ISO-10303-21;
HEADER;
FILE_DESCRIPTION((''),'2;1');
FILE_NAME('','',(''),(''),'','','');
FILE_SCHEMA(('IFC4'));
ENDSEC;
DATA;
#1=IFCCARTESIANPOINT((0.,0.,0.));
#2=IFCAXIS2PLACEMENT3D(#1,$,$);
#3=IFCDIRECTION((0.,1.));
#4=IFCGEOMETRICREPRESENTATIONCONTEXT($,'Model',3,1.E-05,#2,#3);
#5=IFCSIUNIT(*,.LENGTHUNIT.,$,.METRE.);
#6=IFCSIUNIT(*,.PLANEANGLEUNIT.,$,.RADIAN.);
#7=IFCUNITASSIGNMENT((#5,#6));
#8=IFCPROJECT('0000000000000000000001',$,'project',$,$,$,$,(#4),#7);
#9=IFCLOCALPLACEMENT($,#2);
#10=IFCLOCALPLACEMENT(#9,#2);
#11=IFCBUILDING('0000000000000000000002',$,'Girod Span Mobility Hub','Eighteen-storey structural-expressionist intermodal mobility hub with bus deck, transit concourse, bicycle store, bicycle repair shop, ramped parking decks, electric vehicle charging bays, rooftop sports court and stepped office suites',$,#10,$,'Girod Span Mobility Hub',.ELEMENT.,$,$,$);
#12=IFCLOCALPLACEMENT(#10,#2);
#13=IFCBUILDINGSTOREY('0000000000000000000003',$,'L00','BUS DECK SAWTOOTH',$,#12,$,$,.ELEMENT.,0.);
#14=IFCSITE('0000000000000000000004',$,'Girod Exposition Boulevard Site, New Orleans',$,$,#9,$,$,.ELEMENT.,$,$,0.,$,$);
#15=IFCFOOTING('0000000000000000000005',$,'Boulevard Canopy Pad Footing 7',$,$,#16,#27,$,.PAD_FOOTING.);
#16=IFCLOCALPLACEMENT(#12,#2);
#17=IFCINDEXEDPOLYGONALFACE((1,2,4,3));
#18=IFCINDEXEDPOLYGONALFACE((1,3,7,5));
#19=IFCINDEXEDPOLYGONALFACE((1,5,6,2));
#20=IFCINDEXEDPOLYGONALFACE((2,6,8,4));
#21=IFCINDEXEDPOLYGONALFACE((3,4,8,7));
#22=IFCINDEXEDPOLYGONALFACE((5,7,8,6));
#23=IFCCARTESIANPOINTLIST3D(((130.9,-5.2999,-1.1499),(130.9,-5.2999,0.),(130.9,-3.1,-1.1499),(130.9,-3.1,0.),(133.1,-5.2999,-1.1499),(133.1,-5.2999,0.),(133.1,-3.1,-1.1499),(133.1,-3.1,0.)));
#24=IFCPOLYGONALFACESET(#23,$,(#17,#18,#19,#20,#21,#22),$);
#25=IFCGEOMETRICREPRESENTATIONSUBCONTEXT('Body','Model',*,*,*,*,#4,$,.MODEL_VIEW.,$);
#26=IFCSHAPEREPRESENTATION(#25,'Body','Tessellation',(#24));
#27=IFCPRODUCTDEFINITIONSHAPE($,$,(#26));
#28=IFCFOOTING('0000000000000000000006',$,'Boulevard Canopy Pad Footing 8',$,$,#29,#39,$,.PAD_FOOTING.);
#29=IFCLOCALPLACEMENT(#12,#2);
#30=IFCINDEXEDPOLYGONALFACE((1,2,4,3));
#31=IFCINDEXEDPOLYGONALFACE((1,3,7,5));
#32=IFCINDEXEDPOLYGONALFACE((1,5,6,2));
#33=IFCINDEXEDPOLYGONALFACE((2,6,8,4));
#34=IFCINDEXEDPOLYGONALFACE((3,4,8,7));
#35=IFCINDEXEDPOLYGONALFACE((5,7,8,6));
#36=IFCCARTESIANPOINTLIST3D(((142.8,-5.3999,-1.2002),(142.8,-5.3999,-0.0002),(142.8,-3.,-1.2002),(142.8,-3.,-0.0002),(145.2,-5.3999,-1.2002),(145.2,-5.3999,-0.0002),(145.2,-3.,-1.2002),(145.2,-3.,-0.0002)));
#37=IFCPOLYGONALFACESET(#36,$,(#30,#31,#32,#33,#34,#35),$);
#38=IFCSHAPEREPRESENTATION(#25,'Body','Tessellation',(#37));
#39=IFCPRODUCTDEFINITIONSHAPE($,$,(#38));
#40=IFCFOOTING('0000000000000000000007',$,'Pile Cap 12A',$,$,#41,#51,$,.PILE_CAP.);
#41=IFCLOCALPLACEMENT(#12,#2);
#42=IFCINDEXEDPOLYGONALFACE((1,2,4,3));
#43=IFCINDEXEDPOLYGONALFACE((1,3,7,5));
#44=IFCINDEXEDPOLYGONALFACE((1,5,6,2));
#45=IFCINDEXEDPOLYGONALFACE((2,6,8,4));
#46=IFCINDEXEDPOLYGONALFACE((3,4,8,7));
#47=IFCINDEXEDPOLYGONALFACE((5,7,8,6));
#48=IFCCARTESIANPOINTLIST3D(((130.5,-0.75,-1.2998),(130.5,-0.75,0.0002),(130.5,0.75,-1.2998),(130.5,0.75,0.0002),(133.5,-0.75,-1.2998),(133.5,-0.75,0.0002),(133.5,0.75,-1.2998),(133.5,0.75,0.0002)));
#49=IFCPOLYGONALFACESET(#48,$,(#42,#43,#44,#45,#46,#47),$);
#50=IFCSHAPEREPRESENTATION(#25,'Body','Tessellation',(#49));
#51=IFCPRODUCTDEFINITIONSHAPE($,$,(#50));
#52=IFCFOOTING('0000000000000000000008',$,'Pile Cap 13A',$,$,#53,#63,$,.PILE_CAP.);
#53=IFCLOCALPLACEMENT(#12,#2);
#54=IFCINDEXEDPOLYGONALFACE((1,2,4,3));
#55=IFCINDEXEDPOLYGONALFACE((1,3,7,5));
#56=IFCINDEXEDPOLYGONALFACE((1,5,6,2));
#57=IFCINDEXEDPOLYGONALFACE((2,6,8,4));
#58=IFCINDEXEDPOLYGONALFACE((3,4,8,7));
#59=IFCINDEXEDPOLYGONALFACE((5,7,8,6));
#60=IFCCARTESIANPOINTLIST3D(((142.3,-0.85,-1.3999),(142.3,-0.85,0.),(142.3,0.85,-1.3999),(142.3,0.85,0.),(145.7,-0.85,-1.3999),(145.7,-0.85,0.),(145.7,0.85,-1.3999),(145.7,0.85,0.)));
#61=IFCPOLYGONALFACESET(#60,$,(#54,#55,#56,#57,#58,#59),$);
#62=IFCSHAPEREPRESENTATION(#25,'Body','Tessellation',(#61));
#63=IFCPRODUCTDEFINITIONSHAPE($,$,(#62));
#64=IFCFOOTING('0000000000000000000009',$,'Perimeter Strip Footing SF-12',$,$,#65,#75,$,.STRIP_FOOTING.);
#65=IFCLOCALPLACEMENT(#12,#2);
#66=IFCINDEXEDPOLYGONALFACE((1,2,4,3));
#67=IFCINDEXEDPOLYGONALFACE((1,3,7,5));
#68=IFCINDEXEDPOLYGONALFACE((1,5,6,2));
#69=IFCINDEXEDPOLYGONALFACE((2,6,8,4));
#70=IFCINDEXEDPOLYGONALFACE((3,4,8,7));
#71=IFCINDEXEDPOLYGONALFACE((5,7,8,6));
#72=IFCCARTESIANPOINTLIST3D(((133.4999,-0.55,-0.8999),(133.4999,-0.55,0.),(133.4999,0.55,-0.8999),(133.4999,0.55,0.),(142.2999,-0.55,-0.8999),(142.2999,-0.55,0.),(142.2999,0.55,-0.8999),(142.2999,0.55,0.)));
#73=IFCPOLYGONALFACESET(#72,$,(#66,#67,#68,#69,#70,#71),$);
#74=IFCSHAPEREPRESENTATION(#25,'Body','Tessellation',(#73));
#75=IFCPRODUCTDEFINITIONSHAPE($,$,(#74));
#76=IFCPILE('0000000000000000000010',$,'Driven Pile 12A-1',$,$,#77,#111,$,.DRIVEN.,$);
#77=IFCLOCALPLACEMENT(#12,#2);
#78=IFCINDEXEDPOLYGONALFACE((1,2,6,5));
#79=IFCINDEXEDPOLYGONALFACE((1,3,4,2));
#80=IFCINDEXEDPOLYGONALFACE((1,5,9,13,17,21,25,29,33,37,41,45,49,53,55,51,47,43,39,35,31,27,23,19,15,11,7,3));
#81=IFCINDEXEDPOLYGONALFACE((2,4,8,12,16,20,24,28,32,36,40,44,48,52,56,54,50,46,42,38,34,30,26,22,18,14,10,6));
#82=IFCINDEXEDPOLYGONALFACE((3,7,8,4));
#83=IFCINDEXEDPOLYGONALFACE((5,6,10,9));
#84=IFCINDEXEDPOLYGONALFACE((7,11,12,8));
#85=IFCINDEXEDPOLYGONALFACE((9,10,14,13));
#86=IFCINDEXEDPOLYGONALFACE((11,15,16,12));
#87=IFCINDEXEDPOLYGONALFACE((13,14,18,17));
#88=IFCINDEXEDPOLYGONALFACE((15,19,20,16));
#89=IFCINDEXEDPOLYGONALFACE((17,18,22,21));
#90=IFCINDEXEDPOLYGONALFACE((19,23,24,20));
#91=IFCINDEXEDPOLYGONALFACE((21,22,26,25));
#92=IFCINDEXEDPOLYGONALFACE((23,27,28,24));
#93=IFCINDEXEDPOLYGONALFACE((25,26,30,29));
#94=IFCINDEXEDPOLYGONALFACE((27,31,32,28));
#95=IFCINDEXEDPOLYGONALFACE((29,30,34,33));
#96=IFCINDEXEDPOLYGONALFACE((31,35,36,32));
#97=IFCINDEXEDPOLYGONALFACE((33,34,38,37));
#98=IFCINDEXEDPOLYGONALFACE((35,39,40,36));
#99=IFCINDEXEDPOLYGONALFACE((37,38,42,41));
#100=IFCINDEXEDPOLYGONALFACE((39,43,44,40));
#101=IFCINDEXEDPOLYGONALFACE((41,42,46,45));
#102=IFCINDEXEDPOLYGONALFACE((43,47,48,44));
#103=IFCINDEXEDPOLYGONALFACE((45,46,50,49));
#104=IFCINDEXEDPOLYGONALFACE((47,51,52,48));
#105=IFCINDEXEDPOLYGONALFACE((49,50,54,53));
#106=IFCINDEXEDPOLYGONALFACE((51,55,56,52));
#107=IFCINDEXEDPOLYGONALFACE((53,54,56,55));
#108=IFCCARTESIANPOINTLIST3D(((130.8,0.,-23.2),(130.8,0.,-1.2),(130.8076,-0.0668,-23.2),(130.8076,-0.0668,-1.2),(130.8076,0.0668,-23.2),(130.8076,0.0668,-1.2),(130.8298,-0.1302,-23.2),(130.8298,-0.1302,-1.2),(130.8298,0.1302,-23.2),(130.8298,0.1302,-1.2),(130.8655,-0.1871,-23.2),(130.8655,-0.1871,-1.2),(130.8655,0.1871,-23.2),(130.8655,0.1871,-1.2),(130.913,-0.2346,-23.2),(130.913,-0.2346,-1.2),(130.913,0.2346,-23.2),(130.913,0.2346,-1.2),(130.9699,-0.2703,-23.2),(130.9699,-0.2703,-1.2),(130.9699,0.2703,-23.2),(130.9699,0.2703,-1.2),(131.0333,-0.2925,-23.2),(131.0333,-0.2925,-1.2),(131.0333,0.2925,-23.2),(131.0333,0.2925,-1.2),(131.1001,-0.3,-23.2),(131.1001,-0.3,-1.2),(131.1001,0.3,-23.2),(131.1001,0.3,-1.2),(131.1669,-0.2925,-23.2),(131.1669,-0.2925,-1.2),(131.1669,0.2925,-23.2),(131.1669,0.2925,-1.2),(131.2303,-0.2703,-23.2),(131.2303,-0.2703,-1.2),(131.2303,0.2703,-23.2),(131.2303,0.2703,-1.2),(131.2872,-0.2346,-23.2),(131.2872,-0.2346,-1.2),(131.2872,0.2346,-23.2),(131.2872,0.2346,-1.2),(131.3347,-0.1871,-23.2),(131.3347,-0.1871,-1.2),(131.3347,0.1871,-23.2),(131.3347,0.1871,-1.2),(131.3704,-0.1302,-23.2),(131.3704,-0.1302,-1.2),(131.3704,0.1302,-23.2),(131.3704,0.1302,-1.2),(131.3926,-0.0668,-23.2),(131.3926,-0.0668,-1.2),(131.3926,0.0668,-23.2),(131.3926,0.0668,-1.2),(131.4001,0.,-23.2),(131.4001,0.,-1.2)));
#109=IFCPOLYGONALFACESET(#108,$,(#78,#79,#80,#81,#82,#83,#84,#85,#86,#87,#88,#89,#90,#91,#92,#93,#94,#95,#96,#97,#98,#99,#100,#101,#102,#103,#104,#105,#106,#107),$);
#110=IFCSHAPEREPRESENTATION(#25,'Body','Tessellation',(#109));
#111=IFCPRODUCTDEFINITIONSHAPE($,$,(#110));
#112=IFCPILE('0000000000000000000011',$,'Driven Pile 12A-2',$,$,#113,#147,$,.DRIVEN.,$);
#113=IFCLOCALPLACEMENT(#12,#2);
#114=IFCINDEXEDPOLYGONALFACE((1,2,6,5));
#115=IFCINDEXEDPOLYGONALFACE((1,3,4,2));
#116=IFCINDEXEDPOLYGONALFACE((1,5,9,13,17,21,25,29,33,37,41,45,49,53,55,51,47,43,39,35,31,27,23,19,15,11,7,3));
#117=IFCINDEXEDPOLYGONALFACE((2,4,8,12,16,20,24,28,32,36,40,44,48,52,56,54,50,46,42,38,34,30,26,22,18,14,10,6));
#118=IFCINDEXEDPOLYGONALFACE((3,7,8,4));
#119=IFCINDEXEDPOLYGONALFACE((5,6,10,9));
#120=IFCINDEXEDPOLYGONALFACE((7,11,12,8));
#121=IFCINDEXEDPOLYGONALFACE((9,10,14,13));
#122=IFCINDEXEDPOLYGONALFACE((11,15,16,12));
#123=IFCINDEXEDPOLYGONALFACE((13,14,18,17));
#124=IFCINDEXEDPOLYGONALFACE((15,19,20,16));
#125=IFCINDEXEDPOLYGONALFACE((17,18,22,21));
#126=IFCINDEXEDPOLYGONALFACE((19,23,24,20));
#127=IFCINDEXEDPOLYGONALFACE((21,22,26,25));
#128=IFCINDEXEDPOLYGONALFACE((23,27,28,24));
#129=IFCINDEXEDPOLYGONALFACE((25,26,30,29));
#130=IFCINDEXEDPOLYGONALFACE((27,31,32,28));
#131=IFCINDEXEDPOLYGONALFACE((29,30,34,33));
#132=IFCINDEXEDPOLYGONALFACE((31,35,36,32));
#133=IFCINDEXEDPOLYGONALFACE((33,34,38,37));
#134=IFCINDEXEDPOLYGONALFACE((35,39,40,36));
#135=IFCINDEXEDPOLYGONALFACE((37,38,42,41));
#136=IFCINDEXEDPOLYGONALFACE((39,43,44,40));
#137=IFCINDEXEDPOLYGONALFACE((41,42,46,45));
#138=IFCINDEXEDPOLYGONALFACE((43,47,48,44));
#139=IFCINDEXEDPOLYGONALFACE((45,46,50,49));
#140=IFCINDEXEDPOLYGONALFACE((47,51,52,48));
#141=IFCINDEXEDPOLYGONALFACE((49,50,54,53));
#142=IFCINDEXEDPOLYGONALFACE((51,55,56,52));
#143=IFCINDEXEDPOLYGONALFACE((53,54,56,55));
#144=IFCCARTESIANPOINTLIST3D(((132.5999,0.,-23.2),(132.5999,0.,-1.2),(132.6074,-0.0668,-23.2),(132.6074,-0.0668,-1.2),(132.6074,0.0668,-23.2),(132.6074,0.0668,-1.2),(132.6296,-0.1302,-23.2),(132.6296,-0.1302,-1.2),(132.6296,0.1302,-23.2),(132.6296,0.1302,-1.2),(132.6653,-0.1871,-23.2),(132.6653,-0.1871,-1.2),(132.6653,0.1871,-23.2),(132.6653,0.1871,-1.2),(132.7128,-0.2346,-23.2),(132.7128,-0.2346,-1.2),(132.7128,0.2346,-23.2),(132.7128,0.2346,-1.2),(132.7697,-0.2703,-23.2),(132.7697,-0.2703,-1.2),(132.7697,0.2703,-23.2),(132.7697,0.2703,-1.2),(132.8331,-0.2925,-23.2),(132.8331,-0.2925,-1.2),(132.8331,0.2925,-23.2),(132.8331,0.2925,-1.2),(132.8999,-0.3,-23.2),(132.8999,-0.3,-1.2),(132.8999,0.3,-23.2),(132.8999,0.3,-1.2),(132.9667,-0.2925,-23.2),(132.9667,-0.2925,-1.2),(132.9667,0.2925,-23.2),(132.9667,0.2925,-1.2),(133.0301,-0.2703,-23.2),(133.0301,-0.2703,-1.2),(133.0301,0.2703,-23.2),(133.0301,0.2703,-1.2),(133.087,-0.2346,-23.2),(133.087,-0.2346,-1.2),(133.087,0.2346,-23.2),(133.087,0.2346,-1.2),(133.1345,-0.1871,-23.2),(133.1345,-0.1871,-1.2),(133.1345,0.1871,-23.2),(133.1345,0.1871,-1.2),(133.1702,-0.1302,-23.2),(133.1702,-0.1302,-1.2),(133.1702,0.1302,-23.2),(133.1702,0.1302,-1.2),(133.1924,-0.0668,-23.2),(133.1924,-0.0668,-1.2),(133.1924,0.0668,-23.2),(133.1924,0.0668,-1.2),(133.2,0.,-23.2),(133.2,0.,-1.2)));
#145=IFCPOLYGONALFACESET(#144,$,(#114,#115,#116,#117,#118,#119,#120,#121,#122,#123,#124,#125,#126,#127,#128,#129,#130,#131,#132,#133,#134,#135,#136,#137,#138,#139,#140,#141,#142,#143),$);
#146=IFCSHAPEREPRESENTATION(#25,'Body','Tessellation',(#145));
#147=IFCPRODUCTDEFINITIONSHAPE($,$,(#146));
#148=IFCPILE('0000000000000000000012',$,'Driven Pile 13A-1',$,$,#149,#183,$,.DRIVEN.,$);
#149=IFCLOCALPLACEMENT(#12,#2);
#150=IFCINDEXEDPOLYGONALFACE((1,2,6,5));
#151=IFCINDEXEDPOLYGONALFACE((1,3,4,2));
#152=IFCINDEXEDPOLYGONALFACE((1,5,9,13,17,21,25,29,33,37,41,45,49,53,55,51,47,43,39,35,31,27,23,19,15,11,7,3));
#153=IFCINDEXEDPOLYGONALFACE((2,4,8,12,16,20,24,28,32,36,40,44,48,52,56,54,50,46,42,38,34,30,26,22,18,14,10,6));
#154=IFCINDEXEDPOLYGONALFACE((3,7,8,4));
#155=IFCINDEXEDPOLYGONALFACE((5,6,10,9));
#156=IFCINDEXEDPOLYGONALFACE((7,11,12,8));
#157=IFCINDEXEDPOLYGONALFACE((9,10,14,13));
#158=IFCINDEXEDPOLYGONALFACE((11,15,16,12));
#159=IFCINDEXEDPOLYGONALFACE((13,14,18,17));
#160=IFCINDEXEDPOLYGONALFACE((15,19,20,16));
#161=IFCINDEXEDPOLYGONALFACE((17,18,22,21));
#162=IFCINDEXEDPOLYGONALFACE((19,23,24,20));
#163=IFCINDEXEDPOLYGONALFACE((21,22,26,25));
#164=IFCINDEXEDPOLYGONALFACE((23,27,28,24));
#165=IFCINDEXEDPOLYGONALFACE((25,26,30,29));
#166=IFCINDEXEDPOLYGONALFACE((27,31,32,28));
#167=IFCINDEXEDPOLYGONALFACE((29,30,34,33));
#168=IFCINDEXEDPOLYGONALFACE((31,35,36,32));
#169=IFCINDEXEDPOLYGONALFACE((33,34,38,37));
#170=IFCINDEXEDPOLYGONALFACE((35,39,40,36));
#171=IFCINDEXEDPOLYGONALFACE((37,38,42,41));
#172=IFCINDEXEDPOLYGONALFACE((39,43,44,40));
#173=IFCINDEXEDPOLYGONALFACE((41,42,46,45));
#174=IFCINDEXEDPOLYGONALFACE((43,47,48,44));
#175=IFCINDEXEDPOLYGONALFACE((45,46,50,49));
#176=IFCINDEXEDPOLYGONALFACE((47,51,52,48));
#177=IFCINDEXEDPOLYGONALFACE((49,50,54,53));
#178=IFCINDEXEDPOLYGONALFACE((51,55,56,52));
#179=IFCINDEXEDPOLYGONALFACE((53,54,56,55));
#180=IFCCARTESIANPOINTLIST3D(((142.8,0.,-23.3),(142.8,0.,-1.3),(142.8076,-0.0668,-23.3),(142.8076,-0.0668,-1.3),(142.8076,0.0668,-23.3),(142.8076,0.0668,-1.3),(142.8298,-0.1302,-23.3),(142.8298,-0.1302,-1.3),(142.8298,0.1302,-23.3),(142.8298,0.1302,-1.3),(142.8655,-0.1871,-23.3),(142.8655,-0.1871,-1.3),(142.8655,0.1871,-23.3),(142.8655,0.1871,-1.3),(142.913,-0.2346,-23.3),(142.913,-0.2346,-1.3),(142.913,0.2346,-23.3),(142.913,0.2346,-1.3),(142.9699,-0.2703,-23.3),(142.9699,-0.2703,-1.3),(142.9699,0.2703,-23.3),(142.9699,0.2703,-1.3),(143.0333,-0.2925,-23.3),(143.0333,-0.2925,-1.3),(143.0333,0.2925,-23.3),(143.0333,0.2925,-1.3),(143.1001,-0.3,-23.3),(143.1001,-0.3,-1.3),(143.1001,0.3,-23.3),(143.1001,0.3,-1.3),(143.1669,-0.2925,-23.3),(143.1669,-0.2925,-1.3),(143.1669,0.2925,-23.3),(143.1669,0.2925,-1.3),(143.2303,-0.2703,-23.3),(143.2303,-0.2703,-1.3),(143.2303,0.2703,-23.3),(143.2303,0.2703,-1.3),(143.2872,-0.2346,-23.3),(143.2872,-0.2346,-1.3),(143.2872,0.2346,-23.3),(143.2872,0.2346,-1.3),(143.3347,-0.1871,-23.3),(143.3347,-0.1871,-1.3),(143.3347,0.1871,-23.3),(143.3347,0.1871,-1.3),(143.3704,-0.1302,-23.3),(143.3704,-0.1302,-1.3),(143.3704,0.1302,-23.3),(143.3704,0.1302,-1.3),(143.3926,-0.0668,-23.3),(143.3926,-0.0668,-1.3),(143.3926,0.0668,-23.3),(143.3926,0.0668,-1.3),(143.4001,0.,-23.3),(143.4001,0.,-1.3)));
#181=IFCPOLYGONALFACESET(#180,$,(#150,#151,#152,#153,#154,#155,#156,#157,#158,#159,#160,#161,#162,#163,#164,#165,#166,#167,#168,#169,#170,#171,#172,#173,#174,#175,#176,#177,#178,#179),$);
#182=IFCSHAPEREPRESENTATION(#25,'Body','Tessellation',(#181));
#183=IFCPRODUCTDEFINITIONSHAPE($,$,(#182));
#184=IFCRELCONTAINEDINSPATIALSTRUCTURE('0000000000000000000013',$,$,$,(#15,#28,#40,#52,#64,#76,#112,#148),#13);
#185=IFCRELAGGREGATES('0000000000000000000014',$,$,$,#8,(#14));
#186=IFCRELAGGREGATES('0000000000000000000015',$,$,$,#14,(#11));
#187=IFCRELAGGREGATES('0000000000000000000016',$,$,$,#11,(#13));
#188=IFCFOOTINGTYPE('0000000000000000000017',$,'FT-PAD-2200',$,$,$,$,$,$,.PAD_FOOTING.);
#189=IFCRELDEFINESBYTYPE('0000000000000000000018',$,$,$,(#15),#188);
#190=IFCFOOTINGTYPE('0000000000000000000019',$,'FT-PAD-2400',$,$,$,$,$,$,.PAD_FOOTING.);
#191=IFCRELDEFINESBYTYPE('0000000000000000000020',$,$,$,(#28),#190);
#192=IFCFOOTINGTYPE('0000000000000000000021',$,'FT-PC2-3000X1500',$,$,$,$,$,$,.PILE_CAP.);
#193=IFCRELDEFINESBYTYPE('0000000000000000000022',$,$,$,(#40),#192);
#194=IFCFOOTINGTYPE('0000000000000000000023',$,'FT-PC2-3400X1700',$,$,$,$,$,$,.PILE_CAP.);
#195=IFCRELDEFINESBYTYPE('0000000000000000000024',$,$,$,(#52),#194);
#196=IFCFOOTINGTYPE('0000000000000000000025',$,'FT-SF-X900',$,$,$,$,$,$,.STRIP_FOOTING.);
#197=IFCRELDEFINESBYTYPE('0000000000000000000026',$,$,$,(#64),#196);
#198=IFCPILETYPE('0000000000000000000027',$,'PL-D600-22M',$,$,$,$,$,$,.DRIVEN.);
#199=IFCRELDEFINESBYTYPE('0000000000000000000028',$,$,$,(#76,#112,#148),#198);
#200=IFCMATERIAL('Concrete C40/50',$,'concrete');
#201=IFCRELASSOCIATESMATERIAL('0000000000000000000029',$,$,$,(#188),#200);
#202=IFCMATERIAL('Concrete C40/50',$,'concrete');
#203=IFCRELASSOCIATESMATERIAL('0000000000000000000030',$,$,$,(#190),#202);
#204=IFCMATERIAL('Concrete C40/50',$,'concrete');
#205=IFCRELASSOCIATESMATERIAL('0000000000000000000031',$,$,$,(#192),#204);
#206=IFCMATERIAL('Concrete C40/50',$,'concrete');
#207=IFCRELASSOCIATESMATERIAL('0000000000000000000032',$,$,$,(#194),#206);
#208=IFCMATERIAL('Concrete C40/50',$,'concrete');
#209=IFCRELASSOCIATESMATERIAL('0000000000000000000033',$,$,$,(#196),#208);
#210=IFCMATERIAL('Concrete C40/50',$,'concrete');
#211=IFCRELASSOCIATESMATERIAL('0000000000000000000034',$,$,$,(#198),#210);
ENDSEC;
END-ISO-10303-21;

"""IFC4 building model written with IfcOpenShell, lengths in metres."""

from ifc_helpers import new_model, si_unit, direction, frame, origin, origin_2d, place, context, subcontext, project, spatial, rectangle, circle, extrude, material, material_profile, profile_set, type_object, element, save


model = new_model("IFC4")

# Units and contexts
model_context = context("Model", 3, precision=1e-05, world=origin(), true_north=direction((0.0, 1.0)))
body_context = subcontext(model_context, "Body", "Model", "MODEL_VIEW")
ifc_project = project(units=[si_unit("LENGTHUNIT", "METRE"), si_unit("PLANEANGLEUNIT", "RADIAN")], contexts=[model_context])

# Site, building, storey
site_placement = place(None, origin())
site = spatial("IfcSite", under=ifc_project, at=site_placement, Name="Girod Exposition Boulevard Site, New Orleans", CompositionType="ELEMENT", RefElevation=0.0)
building_placement = place(site_placement, origin())
building = spatial("IfcBuilding", under=site, at=building_placement, Name="Girod Span Mobility Hub", Description="Eighteen-storey structural-expressionist intermodal mobility hub with bus deck, transit concourse, bicycle store, bicycle repair shop, ramped parking decks, electric vehicle charging bays, rooftop sports court and stepped office suites", LongName="Girod Span Mobility Hub", CompositionType="ELEMENT")
storey_placement = place(building_placement, origin())
storey = spatial("IfcBuildingStorey", under=building, at=storey_placement, Name="L00", Description="BUS DECK SAWTOOTH", CompositionType="ELEMENT", Elevation=0.0)

# Footings
ifc_material_1 = material(Name="Concrete C40/50", Category="concrete")
footing_type_1 = type_object("IfcFootingType", Name="FT-PAD-2200", PredefinedType="PAD_FOOTING", material=ifc_material_1)
footing_1_placement = place(storey_placement, frame((132.0, -4.2, -1.1499), z_axis=(0.0, 0.0, 1.0), x_axis=(1.0, 0.0, 0.0)))
element("IfcFooting", 1, at=footing_1_placement, inside=storey, type_object=footing_type_1, Name="Boulevard Canopy Pad Footing 7", PredefinedType="PAD_FOOTING", context=body_context, shape_type="SweptSolid", body=[
    extrude(rectangle(XDim=2.2, YDim=2.2, at=origin_2d()), origin(), (0.0, 0.0, 1.0), 1.1499),
])
ifc_material_2 = material(Name="Concrete C40/50", Category="concrete")
footing_type_2 = type_object("IfcFootingType", Name="FT-PAD-2400", PredefinedType="PAD_FOOTING", material=ifc_material_2)
footing_2_placement = place(storey_placement, frame((144.0, -4.2, -1.2002), z_axis=(0.0, 0.0, 1.0), x_axis=(1.0, 0.0, 0.0)))
element("IfcFooting", 2, at=footing_2_placement, inside=storey, type_object=footing_type_2, Name="Boulevard Canopy Pad Footing 8", PredefinedType="PAD_FOOTING", context=body_context, shape_type="SweptSolid", body=[
    extrude(rectangle(XDim=2.3999, YDim=2.3999, at=origin_2d()), origin(), (0.0, 0.0, 1.0), 1.2),
])
ifc_material_3 = material(Name="Concrete C40/50", Category="concrete")
footing_type_3 = type_object("IfcFootingType", Name="FT-PC2-3000X1500", PredefinedType="PILE_CAP", material=ifc_material_3)
footing_3_placement = place(storey_placement, frame((132.0, 0.0, -1.2998), z_axis=(0.0, 0.0, 1.0), x_axis=(1.0, 0.0, 0.0)))
element("IfcFooting", 3, at=footing_3_placement, inside=storey, type_object=footing_type_3, Name="Pile Cap 12A", PredefinedType="PILE_CAP", context=body_context, shape_type="SweptSolid", body=[
    extrude(rectangle(XDim=3.0, YDim=1.5, at=origin_2d()), origin(), (0.0, 0.0, 1.0), 1.3),
])
ifc_material_4 = material(Name="Concrete C40/50", Category="concrete")
footing_type_4 = type_object("IfcFootingType", Name="FT-PC2-3400X1700", PredefinedType="PILE_CAP", material=ifc_material_4)
footing_4_placement = place(storey_placement, frame((144.0, 0.0, -1.3999), z_axis=(0.0, 0.0, 1.0), x_axis=(1.0, 0.0, 0.0)))
element("IfcFooting", 4, at=footing_4_placement, inside=storey, type_object=footing_type_4, Name="Pile Cap 13A", PredefinedType="PILE_CAP", context=body_context, shape_type="SweptSolid", body=[
    extrude(rectangle(XDim=3.3999, YDim=1.7, at=origin_2d()), origin(), (0.0, 0.0, 1.0), 1.3999),
])
ifc_material_5 = material(Name="Concrete C40/50", Category="concrete")
footing_type_5 = type_object("IfcFootingType", Name="FT-SF-X900", PredefinedType="STRIP_FOOTING", material=ifc_material_5)
footing_5_placement = place(storey_placement, frame((137.8999, 0.0, -0.8999), z_axis=(0.0, 0.0, 1.0), x_axis=(1.0, 0.0, 0.0)))
element("IfcFooting", 5, at=footing_5_placement, inside=storey, type_object=footing_type_5, Name="Perimeter Strip Footing SF-12", PredefinedType="STRIP_FOOTING", context=body_context, shape_type="SweptSolid", body=[
    extrude(rectangle(XDim=8.8, YDim=1.1001, at=origin_2d()), origin(), (0.0, 0.0, 1.0), 0.8999),
])

# Piles
ifc_material_6 = material(Name="Concrete C40/50", Category="concrete")
ifc_material_profile_1 = material_profile(ifc_material_6, circle(Radius=0.3, at=origin_2d()), Name="PILE-D600")
ifc_profile_set_1 = profile_set([ifc_material_profile_1], Name="Concrete C40/50")
pile_type = type_object("IfcPileType", Name="PL-D600-22M", PredefinedType="DRIVEN", material=ifc_profile_set_1)
for number, where, z_axis, x_axis, name in (
    (6, (131.1001, 0.0, -1.2), (0.0, 0.0, -1.0), (1.0, 0.0, 0.0), "Driven Pile 12A-1"),
    (7, (132.8999, 0.0, -1.2), (0.0, 0.0, -1.0), (1.0, 0.0, 0.0), "Driven Pile 12A-2"),
    (8, (143.1001, 0.0, -1.3), (0.0, 0.0, -1.0), (1.0, 0.0, 0.0), "Driven Pile 13A-1"),
):
    element("IfcPile", number, at=place(storey_placement, frame(where, z_axis=z_axis, x_axis=x_axis)), inside=storey, type_object=pile_type, Name=name, PredefinedType="DRIVEN", context=body_context, shape_type="SweptSolid", body=[
        extrude(circle(Radius=0.3, at=origin_2d()), origin(), (0.0, 0.0, 1.0), 22.0),
    ])

save(model, "model.ifc")
